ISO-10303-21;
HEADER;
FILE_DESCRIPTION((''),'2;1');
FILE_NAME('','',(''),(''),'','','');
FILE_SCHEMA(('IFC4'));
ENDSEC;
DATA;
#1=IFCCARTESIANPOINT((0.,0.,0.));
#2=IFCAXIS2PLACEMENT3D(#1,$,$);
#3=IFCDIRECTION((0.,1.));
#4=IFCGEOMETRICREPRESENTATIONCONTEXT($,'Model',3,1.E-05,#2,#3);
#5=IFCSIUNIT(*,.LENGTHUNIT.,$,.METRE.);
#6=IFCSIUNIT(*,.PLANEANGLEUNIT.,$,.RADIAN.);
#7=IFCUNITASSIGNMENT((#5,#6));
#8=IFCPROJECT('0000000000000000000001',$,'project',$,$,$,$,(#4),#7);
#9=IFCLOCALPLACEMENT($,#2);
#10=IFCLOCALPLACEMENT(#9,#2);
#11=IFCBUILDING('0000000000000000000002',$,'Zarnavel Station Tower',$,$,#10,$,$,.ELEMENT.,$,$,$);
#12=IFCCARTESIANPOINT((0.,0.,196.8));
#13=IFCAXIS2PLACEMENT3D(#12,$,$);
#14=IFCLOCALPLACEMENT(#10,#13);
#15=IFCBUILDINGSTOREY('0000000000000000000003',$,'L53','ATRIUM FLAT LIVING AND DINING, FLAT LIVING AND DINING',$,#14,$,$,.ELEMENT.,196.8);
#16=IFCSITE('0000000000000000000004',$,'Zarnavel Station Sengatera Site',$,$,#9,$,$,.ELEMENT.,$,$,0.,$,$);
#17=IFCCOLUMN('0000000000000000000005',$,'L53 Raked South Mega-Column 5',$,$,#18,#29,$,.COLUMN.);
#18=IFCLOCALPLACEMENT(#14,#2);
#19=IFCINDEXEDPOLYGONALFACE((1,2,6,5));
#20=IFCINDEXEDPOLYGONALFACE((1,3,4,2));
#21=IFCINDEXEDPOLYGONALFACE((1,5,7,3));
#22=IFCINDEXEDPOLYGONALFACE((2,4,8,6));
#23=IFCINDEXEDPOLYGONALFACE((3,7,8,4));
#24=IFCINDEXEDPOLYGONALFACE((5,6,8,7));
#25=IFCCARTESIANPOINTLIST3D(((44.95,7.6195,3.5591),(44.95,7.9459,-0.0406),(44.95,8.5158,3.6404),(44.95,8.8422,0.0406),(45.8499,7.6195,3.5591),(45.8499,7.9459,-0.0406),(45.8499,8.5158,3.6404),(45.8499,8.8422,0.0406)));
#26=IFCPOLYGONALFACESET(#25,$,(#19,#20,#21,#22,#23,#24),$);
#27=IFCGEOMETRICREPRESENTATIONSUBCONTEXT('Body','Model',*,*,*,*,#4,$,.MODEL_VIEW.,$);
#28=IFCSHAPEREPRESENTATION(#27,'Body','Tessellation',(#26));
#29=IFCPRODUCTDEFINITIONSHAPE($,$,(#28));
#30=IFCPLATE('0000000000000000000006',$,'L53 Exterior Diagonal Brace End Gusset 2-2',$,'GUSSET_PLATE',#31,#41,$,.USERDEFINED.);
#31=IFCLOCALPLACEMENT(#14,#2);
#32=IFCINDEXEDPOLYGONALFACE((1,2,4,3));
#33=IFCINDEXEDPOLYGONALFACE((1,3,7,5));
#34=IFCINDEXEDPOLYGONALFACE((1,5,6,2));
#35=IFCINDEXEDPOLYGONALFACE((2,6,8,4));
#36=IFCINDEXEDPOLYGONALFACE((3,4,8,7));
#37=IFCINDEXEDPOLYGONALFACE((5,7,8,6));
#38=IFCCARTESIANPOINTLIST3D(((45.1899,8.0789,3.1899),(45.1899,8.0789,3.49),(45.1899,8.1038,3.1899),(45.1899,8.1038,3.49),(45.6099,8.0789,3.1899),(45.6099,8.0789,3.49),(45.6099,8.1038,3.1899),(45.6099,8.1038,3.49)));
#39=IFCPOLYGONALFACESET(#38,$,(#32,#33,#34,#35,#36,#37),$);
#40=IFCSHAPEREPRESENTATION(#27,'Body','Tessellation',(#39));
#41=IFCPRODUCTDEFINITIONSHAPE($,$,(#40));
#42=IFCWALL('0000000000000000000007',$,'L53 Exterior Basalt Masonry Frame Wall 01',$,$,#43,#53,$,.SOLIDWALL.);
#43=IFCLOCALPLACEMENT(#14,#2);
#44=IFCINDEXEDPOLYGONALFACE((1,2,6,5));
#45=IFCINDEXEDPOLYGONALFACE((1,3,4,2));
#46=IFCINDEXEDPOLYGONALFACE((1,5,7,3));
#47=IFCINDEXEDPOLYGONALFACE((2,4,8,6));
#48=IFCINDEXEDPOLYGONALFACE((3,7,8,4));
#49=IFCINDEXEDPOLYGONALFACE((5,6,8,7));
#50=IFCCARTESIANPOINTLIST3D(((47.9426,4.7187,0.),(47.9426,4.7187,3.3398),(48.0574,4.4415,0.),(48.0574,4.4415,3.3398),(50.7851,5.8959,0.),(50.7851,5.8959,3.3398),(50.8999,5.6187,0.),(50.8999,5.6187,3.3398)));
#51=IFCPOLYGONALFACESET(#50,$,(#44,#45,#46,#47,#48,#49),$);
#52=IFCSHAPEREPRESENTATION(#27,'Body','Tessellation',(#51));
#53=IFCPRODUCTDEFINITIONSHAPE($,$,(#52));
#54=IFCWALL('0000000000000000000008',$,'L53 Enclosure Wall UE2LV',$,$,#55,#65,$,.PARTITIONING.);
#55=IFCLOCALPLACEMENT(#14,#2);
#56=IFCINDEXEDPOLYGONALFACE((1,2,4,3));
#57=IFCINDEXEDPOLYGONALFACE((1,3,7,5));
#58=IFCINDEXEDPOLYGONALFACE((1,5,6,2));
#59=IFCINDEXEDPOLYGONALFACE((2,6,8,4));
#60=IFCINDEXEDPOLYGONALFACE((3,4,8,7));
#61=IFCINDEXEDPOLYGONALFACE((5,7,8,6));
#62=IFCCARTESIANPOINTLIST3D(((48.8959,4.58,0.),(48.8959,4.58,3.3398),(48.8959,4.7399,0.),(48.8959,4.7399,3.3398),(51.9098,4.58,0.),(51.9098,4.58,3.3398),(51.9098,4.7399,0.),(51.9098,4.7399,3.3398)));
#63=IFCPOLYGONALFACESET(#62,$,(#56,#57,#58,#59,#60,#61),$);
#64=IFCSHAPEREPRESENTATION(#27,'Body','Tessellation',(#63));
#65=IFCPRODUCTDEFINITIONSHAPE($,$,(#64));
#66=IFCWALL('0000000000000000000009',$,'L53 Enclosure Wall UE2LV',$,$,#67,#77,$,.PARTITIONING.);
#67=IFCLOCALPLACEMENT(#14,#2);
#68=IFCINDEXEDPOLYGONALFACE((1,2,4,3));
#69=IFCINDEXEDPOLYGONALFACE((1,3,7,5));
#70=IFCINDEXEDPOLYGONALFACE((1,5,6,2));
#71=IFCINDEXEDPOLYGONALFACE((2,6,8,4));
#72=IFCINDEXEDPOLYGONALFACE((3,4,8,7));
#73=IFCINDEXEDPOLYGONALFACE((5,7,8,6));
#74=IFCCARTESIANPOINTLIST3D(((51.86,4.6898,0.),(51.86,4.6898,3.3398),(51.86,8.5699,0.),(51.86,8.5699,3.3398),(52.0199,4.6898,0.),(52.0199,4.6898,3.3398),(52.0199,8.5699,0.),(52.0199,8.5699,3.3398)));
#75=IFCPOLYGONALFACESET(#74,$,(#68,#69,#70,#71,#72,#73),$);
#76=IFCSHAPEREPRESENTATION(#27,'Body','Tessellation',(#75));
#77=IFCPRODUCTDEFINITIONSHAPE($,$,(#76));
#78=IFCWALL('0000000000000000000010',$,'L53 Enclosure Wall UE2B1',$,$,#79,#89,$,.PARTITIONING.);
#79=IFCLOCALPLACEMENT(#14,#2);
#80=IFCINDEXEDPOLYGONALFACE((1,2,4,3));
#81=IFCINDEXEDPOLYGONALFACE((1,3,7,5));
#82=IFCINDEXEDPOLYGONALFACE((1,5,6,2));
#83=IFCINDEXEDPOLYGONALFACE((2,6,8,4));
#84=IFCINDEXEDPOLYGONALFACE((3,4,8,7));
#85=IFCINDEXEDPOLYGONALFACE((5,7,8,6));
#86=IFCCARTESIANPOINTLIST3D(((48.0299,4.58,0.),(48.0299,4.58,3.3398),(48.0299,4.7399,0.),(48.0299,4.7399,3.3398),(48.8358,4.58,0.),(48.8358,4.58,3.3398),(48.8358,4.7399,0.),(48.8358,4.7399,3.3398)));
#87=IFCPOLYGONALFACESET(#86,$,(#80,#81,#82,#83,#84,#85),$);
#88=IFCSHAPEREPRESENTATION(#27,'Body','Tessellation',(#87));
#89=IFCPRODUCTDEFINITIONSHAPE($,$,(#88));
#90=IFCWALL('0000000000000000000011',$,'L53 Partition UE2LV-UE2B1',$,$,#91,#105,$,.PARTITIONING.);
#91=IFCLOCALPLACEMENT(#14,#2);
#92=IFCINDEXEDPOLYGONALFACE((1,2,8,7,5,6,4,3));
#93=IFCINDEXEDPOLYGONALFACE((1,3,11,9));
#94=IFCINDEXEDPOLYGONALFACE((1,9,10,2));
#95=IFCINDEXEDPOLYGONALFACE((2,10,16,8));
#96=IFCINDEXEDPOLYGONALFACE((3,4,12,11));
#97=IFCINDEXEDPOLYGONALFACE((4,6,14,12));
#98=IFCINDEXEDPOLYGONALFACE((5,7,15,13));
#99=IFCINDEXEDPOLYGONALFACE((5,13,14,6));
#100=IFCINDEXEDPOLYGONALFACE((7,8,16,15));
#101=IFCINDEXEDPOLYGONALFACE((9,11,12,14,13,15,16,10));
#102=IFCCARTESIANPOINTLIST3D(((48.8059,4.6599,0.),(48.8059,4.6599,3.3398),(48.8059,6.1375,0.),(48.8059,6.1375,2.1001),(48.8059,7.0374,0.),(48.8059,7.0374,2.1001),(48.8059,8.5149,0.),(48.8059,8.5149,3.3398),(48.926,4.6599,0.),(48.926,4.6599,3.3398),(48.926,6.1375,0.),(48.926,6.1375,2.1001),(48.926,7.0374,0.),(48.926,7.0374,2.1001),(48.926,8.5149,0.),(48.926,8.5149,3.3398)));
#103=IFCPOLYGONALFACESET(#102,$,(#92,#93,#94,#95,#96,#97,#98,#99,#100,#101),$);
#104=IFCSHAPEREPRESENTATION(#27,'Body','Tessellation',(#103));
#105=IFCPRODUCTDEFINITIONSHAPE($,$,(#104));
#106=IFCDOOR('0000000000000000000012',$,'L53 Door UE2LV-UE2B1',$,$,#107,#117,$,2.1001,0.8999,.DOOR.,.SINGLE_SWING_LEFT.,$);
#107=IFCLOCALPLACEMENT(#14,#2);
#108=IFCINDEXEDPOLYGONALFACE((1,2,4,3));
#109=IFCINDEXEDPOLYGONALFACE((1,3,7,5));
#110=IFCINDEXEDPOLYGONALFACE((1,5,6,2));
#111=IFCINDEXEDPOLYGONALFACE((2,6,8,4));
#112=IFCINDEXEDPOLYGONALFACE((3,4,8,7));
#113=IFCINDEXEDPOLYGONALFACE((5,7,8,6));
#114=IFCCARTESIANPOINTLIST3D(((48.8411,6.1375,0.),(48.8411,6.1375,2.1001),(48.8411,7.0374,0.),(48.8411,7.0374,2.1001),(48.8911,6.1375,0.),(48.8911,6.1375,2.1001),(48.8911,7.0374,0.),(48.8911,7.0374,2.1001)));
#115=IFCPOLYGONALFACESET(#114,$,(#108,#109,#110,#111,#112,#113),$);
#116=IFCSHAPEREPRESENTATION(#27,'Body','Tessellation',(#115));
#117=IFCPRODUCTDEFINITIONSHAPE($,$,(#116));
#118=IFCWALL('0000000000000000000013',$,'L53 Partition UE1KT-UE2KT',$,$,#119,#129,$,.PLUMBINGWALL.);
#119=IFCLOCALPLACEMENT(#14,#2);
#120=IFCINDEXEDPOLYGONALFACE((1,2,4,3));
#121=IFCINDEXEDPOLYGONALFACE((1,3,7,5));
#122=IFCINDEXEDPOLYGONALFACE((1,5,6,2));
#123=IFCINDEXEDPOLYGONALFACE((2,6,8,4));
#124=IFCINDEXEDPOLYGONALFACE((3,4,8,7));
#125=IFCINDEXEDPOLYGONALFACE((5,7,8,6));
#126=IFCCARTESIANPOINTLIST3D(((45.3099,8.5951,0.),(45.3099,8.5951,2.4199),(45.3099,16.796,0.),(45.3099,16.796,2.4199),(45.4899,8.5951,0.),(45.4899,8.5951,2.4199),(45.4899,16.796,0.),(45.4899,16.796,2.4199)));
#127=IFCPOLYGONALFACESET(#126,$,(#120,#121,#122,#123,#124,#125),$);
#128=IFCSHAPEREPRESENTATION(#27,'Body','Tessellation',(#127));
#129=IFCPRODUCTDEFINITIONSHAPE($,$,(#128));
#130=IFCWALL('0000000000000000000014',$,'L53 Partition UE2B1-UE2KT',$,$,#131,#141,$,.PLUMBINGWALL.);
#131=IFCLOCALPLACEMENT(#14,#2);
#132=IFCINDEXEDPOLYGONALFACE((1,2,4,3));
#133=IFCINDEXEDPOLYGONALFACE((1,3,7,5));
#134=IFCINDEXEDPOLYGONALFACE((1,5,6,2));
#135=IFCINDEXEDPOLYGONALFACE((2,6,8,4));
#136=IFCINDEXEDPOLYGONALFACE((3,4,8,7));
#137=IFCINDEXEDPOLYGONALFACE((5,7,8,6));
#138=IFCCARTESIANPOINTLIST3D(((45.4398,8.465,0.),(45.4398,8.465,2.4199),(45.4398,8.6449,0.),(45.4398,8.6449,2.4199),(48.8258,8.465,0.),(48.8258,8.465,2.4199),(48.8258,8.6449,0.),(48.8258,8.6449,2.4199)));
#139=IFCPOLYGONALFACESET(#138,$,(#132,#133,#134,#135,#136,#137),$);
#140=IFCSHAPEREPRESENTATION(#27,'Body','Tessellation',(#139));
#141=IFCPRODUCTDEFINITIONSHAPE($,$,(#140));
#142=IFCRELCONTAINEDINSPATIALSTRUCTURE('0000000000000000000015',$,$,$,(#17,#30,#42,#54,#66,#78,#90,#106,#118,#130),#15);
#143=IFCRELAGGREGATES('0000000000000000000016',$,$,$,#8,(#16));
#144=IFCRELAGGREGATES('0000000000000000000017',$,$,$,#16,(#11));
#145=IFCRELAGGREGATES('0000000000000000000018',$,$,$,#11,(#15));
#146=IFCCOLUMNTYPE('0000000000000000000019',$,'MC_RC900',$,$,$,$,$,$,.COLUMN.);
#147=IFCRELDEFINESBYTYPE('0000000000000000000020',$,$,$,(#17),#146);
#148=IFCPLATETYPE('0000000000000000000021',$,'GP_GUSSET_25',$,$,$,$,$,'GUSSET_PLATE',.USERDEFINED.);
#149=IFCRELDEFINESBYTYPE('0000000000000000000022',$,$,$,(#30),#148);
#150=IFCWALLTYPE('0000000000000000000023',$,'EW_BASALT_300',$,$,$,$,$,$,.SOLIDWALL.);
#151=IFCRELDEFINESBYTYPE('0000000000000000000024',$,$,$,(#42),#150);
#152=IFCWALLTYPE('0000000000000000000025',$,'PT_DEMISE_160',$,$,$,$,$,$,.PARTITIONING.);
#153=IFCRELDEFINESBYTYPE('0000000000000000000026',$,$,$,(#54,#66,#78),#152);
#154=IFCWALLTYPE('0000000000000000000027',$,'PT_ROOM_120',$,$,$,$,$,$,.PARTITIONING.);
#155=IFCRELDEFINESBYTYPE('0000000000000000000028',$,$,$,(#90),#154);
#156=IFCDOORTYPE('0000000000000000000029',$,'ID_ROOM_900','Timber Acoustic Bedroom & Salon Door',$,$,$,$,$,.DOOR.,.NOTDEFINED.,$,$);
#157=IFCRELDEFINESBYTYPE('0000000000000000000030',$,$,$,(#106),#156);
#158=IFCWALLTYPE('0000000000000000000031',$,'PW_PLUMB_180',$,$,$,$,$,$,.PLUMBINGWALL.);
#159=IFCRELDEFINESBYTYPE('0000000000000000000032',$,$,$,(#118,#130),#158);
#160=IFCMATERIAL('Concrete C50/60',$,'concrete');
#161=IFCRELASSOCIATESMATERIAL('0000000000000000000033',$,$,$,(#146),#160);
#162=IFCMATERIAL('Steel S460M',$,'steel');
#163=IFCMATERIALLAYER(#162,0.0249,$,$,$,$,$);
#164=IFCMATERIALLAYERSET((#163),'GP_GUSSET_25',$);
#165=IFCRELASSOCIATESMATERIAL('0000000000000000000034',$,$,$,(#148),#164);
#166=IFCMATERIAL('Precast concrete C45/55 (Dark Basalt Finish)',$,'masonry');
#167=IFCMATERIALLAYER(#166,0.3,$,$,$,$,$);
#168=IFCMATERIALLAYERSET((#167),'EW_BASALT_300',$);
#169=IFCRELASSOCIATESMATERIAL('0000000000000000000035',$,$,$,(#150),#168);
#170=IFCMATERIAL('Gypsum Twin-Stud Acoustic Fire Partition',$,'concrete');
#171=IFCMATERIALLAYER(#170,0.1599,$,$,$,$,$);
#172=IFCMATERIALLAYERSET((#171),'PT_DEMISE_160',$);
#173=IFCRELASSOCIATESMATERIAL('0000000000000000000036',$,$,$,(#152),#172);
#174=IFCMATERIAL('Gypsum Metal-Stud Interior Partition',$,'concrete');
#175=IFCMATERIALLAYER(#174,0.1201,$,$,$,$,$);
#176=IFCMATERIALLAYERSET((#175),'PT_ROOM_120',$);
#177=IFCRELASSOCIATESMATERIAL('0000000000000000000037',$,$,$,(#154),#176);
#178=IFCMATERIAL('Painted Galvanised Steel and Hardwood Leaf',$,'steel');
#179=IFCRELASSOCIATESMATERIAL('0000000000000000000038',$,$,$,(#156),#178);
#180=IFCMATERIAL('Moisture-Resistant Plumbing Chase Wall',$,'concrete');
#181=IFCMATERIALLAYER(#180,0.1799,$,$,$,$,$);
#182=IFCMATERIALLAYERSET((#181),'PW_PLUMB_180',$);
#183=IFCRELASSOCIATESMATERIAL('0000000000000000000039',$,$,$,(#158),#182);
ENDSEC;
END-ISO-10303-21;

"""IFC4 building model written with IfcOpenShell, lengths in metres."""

from ifc_helpers import new_model, si_unit, direction, frame, frame_2d, origin, origin_2d, place, context, subcontext, project, spatial, rectangle, extrude, material, layer, layer_set, material_profile, profile_set, type_object, element, fill, save


model = new_model("IFC4")

# Units and contexts
model_context = context("Model", 3, precision=1e-05, world=origin(), true_north=direction((0.0, 1.0)))
body_context = subcontext(model_context, "Body", "Model", "MODEL_VIEW")
ifc_project = project(units=[si_unit("LENGTHUNIT", "METRE"), si_unit("PLANEANGLEUNIT", "RADIAN")], contexts=[model_context])

# Site, building, storey
site_placement = place(None, origin())
site = spatial("IfcSite", under=ifc_project, at=site_placement, Name="Zarnavel Station Sengatera Site", CompositionType="ELEMENT", RefElevation=0.0)
building_placement = place(site_placement, origin())
building = spatial("IfcBuilding", under=site, at=building_placement, Name="Zarnavel Station Tower", CompositionType="ELEMENT")
storey_placement = place(building_placement, frame((0.0, 0.0, 196.8)))
storey = spatial("IfcBuildingStorey", under=building, at=storey_placement, Name="L53", Description="ATRIUM FLAT LIVING AND DINING, FLAT LIVING AND DINING", CompositionType="ELEMENT", Elevation=196.8)

# Column
ifc_material_1 = material(Name="Concrete C50/60", Category="concrete")
ifc_material_profile = material_profile(ifc_material_1, rectangle(XDim=0.8999, YDim=0.8999, at=origin_2d()), Name="RC900x900")
ifc_profile_set = profile_set([ifc_material_profile], Name="Concrete C50/60")
column_type = type_object("IfcColumnType", Name="MC_RC900", PredefinedType="COLUMN", material=ifc_profile_set)
column_placement = place(storey_placement, frame((45.3999, 8.394, 0.0), z_axis=(0.0, -0.090304, 0.995914), x_axis=(1.0, 0.0, 0.0)))
element("IfcColumn", 1, at=column_placement, inside=storey, type_object=column_type, Name="L53 Raked South Mega-Column 5", PredefinedType="COLUMN", context=body_context, shape_type="SweptSolid", body=[
    extrude(rectangle(XDim=0.8999, YDim=0.8999, at=origin_2d()), origin(), (0.0, 0.0, 1.0), 3.6145),
])

# Plate
ifc_material_2 = material(Name="Steel S460M", Category="steel")
ifc_layer_1 = layer(ifc_material_2, 0.0249)
ifc_layer_set_1 = layer_set([ifc_layer_1], Name="GP_GUSSET_25")
plate_type = type_object("IfcPlateType", Name="GP_GUSSET_25", ElementType="GUSSET_PLATE", PredefinedType="USERDEFINED", material=ifc_layer_set_1)
plate_placement = place(storey_placement, frame((45.3999, 8.0913, 3.1899), z_axis=(0.0, 0.0, 1.0), x_axis=(1.0, 0.0, 0.0)))
element("IfcPlate", 2, at=plate_placement, inside=storey, type_object=plate_type, Name="L53 Exterior Diagonal Brace End Gusset 2-2", ObjectType="GUSSET_PLATE", PredefinedType="USERDEFINED", context=body_context, shape_type="SweptSolid", body=[
    extrude(rectangle(XDim=0.4199, YDim=0.0249, at=origin_2d()), origin(), (0.0, 0.0, 1.0), 0.3),
])

# Wall
ifc_material_3 = material(Name="Precast concrete C45/55 (Dark Basalt Finish)", Category="masonry")
ifc_layer_2 = layer(ifc_material_3, 0.3)
ifc_layer_set_2 = layer_set([ifc_layer_2], Name="EW_BASALT_300")
wall_type_1 = type_object("IfcWallType", Name="EW_BASALT_300", PredefinedType="SOLIDWALL", material=ifc_layer_set_2)
wall_1_placement = place(storey_placement, frame((50.8425, 5.7573, 0.0), z_axis=(0.0, 0.0, 1.0), x_axis=(-0.923899, -0.382637, 0.0)))
element("IfcWall", 3, at=wall_1_placement, inside=storey, type_object=wall_type_1, Name="L53 Exterior Basalt Masonry Frame Wall 01", PredefinedType="SOLIDWALL", context=body_context, shape_type="SweptSolid", body=[
    extrude(rectangle(XDim=3.0767, YDim=0.3, at=frame_2d((1.5383, 0.0))), origin(), (0.0, 0.0, 1.0), 3.3398),
])

# Walls
ifc_material_4 = material(Name="Gypsum Twin-Stud Acoustic Fire Partition", Category="concrete")
ifc_layer_3 = layer(ifc_material_4, 0.1599)
ifc_layer_set_3 = layer_set([ifc_layer_3], Name="PT_DEMISE_160")
wall_type_2 = type_object("IfcWallType", Name="PT_DEMISE_160", PredefinedType="PARTITIONING", material=ifc_layer_set_3)
wall_2_placement = place(storey_placement, frame((48.896, 4.6599, 0.0), z_axis=(0.0, 0.0, 1.0), x_axis=(1.0, 0.0, 0.0)))
element("IfcWall", 4, at=wall_2_placement, inside=storey, type_object=wall_type_2, Name="L53 Enclosure Wall UE2LV", PredefinedType="PARTITIONING", context=body_context, shape_type="SweptSolid", body=[
    extrude(rectangle(XDim=3.0139, YDim=0.1599, at=frame_2d((1.5068, 0.0))), origin(), (0.0, 0.0, 1.0), 3.3398),
])
wall_3_placement = place(storey_placement, frame((51.9399, 4.6899, 0.0), z_axis=(0.0, 0.0, 1.0), x_axis=(0.0, 1.0, 0.0)))
element("IfcWall", 5, at=wall_3_placement, inside=storey, type_object=wall_type_2, Name="L53 Enclosure Wall UE2LV", PredefinedType="PARTITIONING", context=body_context, shape_type="SweptSolid", body=[
    extrude(rectangle(XDim=3.8801, YDim=0.1599, at=frame_2d((1.9399, 0.0))), origin(), (0.0, 0.0, 1.0), 3.3398),
])
wall_4_placement = place(storey_placement, frame((48.03, 4.6599, 0.0), z_axis=(0.0, 0.0, 1.0), x_axis=(1.0, 0.0, 0.0)))
element("IfcWall", 6, at=wall_4_placement, inside=storey, type_object=wall_type_2, Name="L53 Enclosure Wall UE2B1", PredefinedType="PARTITIONING", context=body_context, shape_type="SweptSolid", body=[
    extrude(rectangle(XDim=0.8059, YDim=0.1599, at=frame_2d((0.4028, 0.0))), origin(), (0.0, 0.0, 1.0), 3.3398),
])

# Wall, opening, door
ifc_material_5 = material(Name="Gypsum Metal-Stud Interior Partition", Category="concrete")
ifc_layer_4 = layer(ifc_material_5, 0.1201)
ifc_layer_set_4 = layer_set([ifc_layer_4], Name="PT_ROOM_120")
wall_type_3 = type_object("IfcWallType", Name="PT_ROOM_120", PredefinedType="PARTITIONING", material=ifc_layer_set_4)
wall_5_placement = place(storey_placement, frame((48.866, 4.6599, 0.0), z_axis=(0.0, 0.0, 1.0), x_axis=(0.0, 1.0, 0.0)))
wall_5 = element("IfcWall", 7, at=wall_5_placement, inside=storey, type_object=wall_type_3, Name="L53 Partition UE2LV-UE2B1", PredefinedType="PARTITIONING", context=body_context, shape_type="SweptSolid", body=[
    extrude(rectangle(XDim=3.855, YDim=0.1201, at=frame_2d((1.9275, 0.0))), origin(), (0.0, 0.0, 1.0), 3.3398),
])
opening_1_placement = place(wall_5_placement, frame((1.4775, 0.0, 0.0)))
opening_1 = element("IfcOpeningElement", 8, at=opening_1_placement, cuts=wall_5, PredefinedType="OPENING", context=body_context, shape_type="SweptSolid", body=[
    extrude(rectangle(XDim=0.8999, YDim=2.1001, at=frame_2d((0.45, 1.05))), frame((0.0, 0.0701, 0.0), z_axis=(0.0, -1.0, 0.0), x_axis=(1.0, 0.0, 0.0)), (0.0, 0.0, 1.0), 0.1401),
])
ifc_material_6 = material(Name="Painted Galvanised Steel and Hardwood Leaf", Category="steel")
door_type = type_object("IfcDoorType", Name="ID_ROOM_900", Description="Timber Acoustic Bedroom & Salon Door", OperationType="NOTDEFINED", PredefinedType="DOOR", material=ifc_material_6)
door_placement = place(opening_1_placement, origin())
door = element("IfcDoor", 9, at=door_placement, inside=storey, type_object=door_type, Name="L53 Door UE2LV-UE2B1", OperationType="SINGLE_SWING_LEFT", OverallHeight=2.1001, OverallWidth=0.8999, PredefinedType="DOOR", context=body_context, shape_type="SweptSolid", body=[
    extrude(rectangle(XDim=0.8999, YDim=2.1001, at=frame_2d((0.45, 1.05))), frame((0.0, 0.0249, 0.0), z_axis=(0.0, -1.0, 0.0), x_axis=(1.0, 0.0, 0.0)), (0.0, 0.0, 1.0), 0.05),
])
fill(opening_1, door)

# Walls
ifc_material_7 = material(Name="Moisture-Resistant Plumbing Chase Wall", Category="concrete")
ifc_layer_5 = layer(ifc_material_7, 0.1799)
ifc_layer_set_5 = layer_set([ifc_layer_5], Name="PW_PLUMB_180")
wall_type_4 = type_object("IfcWallType", Name="PW_PLUMB_180", PredefinedType="PLUMBINGWALL", material=ifc_layer_set_5)
wall_6_placement = place(storey_placement, frame((45.3999, 8.595, 0.0), z_axis=(0.0, 0.0, 1.0), x_axis=(0.0, 1.0, 0.0)))
element("IfcWall", 10, at=wall_6_placement, inside=storey, type_object=wall_type_4, Name="L53 Partition UE1KT-UE2KT", PredefinedType="PLUMBINGWALL", context=body_context, shape_type="SweptSolid", body=[
    extrude(rectangle(XDim=8.2009, YDim=0.1799, at=frame_2d((4.1006, 0.0))), origin(), (0.0, 0.0, 1.0), 2.4199),
])
wall_7_placement = place(storey_placement, frame((45.4399, 8.5549, 0.0), z_axis=(0.0, 0.0, 1.0), x_axis=(1.0, 0.0, 0.0)))
element("IfcWall", 11, at=wall_7_placement, inside=storey, type_object=wall_type_4, Name="L53 Partition UE2B1-UE2KT", PredefinedType="PLUMBINGWALL", context=body_context, shape_type="SweptSolid", body=[
    extrude(rectangle(XDim=3.386, YDim=0.1799, at=frame_2d((1.6929, 0.0))), origin(), (0.0, 0.0, 1.0), 2.4199),
])

save(model, "model.ifc")
